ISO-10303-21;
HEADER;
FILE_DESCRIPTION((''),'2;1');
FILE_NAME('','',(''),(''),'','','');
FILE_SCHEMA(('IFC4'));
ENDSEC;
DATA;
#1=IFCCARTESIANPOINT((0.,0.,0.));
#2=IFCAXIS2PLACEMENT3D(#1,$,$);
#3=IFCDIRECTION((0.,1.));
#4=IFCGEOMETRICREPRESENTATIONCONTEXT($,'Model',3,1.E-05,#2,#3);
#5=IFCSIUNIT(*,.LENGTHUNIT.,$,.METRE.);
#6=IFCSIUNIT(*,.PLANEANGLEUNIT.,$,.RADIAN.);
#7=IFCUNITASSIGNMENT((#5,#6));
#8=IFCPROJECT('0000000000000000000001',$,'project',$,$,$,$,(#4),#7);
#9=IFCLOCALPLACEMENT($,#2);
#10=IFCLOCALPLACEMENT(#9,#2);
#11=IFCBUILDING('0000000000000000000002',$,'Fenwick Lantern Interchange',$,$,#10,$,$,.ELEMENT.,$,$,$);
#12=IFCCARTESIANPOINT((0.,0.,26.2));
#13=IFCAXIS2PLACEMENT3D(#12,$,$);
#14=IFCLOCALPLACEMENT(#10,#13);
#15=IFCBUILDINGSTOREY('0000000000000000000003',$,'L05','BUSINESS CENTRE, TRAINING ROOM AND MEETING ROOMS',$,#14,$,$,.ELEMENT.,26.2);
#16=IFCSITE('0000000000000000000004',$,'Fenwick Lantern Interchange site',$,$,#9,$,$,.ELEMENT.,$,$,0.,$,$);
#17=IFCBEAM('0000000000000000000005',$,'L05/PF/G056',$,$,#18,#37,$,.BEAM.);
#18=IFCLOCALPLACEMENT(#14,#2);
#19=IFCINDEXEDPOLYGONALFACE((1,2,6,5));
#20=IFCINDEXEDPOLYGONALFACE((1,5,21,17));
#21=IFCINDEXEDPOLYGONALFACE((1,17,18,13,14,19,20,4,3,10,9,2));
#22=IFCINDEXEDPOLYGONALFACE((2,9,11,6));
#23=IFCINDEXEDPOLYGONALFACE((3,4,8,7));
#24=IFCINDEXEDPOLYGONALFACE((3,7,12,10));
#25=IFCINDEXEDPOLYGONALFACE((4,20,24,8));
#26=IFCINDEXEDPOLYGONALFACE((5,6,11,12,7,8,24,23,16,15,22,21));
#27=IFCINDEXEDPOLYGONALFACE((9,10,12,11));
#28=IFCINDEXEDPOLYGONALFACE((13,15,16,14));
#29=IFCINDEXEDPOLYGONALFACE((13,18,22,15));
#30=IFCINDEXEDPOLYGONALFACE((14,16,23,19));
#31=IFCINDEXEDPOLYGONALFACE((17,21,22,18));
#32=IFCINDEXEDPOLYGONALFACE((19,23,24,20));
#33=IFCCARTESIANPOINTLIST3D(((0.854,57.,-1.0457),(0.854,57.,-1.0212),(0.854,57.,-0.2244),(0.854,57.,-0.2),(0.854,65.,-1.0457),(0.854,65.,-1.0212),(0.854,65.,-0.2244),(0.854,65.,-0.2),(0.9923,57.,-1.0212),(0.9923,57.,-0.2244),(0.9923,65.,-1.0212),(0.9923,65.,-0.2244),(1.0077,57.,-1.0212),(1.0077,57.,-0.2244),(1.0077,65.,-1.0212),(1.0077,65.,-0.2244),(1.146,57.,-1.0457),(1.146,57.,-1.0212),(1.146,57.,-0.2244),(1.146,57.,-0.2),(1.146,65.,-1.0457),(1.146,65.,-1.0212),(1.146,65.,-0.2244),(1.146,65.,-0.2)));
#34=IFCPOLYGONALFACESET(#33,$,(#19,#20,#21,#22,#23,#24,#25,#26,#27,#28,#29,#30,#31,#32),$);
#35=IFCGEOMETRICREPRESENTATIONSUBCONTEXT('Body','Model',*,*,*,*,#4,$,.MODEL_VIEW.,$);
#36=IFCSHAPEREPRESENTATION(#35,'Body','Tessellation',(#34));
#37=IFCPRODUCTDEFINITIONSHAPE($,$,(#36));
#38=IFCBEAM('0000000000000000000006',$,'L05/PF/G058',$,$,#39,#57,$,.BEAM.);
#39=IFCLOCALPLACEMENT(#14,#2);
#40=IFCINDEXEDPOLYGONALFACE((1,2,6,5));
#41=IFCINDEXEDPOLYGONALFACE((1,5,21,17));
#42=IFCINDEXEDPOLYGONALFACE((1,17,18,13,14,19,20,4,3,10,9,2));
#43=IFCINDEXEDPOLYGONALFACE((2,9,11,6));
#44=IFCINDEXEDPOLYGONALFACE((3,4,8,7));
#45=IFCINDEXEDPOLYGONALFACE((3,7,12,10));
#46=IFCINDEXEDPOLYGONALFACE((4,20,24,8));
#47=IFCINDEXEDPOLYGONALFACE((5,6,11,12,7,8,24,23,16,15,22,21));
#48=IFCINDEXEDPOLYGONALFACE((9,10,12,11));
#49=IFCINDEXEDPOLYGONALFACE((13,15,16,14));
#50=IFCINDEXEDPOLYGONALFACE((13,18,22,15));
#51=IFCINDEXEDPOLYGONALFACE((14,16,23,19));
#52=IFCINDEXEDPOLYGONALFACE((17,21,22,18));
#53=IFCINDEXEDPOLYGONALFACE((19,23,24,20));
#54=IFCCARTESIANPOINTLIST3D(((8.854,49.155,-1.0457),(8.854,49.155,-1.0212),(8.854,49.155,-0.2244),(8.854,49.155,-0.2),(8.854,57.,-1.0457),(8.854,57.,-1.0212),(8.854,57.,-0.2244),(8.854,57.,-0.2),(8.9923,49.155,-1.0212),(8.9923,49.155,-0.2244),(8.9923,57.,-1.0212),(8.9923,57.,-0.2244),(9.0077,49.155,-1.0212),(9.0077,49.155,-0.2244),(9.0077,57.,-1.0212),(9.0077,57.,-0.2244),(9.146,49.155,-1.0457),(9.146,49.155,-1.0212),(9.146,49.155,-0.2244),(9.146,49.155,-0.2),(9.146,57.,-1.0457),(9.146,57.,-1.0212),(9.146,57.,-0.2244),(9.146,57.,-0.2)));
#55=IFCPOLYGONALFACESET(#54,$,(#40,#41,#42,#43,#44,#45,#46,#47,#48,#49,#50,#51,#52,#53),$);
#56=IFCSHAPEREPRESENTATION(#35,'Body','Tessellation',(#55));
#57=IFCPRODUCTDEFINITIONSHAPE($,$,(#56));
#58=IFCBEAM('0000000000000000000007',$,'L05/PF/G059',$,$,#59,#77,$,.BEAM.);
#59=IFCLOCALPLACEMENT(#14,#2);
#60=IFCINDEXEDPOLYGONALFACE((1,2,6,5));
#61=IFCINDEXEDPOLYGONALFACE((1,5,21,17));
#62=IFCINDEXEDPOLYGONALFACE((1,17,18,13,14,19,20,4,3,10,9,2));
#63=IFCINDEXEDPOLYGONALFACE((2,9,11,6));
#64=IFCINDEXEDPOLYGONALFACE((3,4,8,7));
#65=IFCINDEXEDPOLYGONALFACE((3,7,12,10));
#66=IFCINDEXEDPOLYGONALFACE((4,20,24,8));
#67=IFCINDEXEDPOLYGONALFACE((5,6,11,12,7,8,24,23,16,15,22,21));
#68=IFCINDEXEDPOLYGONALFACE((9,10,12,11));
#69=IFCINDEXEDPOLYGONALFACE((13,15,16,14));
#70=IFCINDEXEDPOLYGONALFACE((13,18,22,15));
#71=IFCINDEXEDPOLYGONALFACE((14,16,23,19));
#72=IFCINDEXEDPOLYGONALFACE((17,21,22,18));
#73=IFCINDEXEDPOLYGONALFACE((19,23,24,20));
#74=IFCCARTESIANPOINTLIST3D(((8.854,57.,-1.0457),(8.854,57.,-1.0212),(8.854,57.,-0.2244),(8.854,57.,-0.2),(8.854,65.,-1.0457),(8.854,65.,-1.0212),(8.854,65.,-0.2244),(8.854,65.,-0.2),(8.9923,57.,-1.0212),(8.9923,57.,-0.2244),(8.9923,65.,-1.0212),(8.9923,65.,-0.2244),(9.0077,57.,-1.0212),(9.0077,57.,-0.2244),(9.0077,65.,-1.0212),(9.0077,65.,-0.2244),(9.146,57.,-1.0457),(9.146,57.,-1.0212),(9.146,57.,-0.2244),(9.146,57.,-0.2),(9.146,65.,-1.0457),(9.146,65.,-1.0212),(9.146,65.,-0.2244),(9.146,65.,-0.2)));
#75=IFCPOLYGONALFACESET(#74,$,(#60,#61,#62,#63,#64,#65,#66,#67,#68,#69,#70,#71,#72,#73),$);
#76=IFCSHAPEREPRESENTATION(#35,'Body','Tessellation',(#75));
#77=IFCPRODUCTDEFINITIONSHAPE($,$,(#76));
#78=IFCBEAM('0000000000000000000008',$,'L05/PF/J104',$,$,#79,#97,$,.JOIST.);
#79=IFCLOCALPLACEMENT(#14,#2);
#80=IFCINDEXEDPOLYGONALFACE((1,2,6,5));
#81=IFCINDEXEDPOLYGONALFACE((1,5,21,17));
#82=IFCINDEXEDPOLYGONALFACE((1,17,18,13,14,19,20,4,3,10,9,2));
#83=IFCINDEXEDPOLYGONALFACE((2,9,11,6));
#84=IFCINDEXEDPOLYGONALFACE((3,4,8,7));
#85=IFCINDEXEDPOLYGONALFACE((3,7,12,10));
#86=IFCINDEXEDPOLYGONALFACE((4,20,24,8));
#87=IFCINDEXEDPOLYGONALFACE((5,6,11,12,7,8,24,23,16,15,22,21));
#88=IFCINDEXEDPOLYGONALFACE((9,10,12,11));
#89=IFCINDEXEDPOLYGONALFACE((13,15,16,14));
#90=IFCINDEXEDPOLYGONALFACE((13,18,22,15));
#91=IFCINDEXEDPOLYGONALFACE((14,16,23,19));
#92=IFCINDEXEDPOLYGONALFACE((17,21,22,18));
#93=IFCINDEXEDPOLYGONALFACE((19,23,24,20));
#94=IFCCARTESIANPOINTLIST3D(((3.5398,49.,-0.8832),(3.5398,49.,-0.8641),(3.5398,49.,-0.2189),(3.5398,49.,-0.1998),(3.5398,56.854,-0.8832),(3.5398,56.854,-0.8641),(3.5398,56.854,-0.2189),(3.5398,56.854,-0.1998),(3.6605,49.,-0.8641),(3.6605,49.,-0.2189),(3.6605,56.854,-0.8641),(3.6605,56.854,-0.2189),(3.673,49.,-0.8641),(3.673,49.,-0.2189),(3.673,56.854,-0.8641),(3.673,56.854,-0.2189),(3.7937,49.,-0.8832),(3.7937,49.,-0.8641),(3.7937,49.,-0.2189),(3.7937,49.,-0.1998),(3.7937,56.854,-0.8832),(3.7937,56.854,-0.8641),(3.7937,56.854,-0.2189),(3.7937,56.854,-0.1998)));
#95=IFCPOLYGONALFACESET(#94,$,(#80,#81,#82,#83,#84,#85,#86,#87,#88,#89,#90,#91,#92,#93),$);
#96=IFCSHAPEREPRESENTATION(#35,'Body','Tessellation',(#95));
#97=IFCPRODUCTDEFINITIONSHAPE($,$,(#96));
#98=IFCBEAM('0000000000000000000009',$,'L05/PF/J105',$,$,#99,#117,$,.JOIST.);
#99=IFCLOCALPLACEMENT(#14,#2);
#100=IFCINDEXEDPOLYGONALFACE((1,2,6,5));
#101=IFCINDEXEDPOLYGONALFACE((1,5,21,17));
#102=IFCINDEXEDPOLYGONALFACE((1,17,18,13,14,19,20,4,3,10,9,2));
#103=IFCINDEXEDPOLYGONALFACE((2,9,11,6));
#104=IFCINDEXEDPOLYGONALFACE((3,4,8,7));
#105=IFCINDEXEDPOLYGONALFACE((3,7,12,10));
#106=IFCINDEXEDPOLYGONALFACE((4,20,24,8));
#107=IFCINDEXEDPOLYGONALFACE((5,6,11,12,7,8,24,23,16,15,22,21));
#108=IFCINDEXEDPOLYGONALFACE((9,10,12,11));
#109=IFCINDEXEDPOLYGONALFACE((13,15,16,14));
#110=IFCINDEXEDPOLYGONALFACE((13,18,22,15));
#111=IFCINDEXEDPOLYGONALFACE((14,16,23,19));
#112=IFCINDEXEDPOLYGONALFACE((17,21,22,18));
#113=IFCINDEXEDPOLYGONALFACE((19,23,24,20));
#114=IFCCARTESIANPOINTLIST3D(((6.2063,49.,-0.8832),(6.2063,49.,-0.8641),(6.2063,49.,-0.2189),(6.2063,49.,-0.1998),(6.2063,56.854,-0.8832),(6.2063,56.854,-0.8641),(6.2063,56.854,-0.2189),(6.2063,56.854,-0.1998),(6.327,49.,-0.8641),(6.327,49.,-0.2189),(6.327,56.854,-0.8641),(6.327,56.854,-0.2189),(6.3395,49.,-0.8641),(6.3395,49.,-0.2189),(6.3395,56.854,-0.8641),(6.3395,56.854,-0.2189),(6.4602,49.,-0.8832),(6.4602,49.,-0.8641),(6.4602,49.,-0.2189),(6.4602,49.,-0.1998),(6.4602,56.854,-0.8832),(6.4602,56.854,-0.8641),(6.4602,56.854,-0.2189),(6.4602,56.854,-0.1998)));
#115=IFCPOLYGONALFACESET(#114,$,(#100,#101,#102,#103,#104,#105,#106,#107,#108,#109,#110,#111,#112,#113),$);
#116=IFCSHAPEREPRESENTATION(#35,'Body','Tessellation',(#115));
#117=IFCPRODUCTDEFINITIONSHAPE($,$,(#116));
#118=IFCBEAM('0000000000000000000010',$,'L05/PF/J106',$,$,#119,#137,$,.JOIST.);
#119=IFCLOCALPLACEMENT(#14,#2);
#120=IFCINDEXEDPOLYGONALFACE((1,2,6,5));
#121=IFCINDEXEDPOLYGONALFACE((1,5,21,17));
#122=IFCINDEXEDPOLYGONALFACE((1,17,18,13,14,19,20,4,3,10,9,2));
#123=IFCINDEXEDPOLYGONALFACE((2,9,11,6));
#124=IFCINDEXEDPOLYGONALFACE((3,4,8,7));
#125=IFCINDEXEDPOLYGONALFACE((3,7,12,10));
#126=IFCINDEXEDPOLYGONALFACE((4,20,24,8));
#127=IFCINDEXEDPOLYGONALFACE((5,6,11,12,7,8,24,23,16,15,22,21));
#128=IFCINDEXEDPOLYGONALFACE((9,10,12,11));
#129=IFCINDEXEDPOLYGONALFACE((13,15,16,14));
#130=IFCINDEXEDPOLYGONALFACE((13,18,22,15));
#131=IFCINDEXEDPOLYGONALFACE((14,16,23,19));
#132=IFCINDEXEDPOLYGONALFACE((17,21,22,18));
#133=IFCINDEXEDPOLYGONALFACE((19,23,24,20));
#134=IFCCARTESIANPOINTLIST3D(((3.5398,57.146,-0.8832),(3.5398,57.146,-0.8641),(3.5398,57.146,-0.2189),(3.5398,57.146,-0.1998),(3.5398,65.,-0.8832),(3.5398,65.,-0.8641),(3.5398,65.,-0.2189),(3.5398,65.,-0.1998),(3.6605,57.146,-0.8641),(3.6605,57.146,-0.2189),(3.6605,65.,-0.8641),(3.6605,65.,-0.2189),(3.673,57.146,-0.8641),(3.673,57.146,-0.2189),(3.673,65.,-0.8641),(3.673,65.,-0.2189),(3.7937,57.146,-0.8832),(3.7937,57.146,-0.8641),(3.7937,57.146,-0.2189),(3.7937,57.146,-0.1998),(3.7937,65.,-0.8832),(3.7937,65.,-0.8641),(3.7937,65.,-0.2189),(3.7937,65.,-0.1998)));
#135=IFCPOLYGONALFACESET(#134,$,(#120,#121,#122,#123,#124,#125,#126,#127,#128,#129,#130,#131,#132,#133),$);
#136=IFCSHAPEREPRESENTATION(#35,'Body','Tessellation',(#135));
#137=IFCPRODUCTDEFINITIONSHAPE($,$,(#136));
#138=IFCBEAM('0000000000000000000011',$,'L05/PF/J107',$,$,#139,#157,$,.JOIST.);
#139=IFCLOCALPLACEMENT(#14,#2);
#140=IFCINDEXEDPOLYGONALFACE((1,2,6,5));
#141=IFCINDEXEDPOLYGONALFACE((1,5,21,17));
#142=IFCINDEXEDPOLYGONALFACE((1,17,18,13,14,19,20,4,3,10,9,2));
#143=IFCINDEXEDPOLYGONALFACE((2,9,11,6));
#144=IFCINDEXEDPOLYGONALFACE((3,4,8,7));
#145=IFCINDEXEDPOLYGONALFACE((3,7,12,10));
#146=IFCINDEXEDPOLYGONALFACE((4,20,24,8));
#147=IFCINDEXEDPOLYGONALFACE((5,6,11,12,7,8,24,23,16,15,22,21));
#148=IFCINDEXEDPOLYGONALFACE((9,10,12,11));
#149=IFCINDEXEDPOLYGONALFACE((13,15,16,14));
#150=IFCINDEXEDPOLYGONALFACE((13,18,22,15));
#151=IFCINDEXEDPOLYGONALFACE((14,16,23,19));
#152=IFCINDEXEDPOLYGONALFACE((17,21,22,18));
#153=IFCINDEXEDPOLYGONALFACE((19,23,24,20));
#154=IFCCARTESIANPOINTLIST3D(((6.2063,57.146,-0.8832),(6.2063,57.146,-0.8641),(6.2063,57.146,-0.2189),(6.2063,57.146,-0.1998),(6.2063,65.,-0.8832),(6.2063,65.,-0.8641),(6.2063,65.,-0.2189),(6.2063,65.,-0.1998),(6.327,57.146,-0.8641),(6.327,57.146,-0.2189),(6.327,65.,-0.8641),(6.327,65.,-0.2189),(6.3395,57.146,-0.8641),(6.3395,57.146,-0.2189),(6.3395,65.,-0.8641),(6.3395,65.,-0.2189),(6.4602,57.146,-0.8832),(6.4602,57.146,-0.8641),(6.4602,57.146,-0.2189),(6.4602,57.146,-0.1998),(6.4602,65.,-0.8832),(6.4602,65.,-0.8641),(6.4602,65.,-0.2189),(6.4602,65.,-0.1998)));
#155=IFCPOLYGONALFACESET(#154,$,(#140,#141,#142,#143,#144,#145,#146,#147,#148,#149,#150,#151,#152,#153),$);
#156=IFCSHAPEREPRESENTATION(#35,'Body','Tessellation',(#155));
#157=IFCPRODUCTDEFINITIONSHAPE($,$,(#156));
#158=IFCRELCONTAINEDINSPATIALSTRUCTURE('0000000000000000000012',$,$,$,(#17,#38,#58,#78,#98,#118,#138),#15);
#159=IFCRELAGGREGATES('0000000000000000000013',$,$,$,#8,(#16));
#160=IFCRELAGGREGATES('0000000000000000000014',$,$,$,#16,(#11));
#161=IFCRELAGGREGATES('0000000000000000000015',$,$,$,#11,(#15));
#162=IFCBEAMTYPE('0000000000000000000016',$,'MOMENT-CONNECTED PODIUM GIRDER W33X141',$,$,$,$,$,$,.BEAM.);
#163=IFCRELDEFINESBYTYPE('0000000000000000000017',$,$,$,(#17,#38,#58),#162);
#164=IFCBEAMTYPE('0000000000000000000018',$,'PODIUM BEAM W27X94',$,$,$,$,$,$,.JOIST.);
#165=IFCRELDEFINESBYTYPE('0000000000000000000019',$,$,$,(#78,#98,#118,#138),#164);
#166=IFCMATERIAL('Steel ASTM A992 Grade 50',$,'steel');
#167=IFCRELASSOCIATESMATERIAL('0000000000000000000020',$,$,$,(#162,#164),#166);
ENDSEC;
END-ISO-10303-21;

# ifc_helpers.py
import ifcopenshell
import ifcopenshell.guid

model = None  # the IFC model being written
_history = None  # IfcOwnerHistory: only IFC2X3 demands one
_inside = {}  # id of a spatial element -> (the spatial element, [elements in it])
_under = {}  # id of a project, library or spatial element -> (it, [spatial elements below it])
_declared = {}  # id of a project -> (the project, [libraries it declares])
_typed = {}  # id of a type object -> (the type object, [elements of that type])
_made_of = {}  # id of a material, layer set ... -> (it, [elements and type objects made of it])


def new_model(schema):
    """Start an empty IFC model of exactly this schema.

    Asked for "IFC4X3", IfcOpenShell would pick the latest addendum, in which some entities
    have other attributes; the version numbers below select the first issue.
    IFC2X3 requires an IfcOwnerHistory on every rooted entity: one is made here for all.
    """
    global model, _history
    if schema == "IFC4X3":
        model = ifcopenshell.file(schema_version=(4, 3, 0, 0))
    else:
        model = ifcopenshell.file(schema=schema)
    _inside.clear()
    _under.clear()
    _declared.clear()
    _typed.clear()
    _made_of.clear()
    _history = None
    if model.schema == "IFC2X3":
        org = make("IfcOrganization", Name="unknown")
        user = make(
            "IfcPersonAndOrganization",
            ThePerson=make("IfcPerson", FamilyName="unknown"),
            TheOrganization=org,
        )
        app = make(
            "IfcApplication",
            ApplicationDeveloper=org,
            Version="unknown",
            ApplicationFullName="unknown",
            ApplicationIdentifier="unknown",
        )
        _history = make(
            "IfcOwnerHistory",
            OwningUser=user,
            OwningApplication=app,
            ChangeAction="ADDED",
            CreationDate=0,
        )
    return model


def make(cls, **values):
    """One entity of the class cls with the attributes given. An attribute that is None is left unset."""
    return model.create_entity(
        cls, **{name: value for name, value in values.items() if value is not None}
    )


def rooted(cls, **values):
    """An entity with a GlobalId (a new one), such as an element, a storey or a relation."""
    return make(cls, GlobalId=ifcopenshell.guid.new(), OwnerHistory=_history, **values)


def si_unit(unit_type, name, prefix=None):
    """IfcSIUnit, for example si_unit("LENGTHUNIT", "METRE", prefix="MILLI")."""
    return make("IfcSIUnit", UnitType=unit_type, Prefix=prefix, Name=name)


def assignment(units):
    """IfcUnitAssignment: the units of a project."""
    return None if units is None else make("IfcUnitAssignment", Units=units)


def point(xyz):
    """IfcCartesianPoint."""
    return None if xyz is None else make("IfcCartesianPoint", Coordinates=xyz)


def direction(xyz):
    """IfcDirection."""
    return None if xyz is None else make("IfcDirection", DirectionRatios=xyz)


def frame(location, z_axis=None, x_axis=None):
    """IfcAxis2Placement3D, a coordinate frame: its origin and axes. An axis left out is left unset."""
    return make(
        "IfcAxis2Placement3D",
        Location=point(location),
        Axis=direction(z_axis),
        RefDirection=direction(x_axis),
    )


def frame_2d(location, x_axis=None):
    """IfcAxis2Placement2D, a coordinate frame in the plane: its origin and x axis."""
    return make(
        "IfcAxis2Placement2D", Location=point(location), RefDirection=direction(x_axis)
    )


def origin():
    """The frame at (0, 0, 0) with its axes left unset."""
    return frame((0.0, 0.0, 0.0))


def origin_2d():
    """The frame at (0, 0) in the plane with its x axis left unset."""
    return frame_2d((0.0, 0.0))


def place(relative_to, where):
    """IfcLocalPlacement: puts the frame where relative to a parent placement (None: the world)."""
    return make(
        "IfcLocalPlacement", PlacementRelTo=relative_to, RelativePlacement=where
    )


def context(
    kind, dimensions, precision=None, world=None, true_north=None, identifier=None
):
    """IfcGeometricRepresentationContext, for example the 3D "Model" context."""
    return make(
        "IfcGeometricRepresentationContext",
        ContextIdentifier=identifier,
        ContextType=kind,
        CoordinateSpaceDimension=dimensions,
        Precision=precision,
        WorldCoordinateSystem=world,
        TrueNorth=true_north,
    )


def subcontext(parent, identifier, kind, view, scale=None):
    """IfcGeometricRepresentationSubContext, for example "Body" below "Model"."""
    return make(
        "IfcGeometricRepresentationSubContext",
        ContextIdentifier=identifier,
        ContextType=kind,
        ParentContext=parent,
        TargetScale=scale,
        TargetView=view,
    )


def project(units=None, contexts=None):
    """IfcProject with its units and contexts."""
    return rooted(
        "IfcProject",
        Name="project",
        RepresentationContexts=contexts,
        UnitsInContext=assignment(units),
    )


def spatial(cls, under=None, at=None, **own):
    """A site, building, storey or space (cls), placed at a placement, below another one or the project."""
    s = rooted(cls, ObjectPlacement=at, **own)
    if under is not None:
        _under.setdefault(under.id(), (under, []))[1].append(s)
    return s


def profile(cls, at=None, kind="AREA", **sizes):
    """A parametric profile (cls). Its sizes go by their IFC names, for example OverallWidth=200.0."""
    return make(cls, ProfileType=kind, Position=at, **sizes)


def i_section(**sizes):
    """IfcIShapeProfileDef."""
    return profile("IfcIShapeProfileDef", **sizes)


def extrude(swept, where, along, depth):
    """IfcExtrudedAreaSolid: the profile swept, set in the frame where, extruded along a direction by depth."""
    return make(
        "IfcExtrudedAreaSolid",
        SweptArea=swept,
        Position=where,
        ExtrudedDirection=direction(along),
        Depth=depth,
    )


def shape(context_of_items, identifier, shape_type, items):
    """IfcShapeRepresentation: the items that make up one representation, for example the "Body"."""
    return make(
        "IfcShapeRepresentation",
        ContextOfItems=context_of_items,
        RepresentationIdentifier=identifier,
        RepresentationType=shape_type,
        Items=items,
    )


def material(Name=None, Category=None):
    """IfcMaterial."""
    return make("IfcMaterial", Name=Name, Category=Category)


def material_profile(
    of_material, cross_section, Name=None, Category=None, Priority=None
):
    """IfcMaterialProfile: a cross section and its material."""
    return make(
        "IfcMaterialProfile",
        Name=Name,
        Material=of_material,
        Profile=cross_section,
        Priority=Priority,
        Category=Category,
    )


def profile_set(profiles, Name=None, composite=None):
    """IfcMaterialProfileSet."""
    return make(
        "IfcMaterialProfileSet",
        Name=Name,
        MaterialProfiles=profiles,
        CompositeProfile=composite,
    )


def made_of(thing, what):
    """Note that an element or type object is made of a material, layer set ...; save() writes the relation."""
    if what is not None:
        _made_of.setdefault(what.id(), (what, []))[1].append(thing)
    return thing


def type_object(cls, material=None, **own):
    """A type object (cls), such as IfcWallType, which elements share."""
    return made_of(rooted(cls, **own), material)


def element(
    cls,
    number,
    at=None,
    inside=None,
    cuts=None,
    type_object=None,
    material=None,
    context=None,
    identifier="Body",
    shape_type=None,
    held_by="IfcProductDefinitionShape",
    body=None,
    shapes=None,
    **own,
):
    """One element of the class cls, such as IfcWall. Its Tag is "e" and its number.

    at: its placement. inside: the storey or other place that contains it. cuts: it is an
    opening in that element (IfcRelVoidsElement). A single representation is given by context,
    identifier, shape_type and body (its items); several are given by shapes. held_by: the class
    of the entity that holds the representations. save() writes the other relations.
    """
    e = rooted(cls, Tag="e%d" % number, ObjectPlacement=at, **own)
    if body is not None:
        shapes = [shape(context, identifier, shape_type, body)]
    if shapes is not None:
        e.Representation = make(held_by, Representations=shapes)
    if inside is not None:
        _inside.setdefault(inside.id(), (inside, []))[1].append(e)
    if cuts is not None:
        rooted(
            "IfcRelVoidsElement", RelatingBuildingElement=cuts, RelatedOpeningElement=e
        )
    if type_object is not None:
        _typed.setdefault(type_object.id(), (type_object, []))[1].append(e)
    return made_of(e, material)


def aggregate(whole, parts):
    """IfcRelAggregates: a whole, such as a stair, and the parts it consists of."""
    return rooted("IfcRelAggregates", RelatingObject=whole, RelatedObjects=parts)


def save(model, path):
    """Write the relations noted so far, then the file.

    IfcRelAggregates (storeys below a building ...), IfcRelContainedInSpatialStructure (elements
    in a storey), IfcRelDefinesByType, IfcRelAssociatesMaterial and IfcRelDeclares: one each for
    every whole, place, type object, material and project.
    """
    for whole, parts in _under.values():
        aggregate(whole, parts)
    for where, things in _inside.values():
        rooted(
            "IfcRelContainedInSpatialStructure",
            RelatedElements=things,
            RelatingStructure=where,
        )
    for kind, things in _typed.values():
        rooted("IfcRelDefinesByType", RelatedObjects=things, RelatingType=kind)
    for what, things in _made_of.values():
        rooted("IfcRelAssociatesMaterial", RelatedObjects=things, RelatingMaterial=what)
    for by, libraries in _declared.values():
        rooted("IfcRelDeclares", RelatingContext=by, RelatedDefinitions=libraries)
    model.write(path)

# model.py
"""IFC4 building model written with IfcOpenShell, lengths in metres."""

from ifc_helpers import new_model, si_unit, direction, frame, origin, origin_2d, place, context, subcontext, project, spatial, i_section, extrude, material, material_profile, profile_set, type_object, element, save


model = new_model("IFC4")

# Units and contexts
model_context = context("Model", 3, precision=1e-05, world=origin(), true_north=direction((0.0, 1.0)))
body_context = subcontext(model_context, "Body", "Model", "MODEL_VIEW")
ifc_project = project(units=[si_unit("LENGTHUNIT", "METRE"), si_unit("PLANEANGLEUNIT", "RADIAN")], contexts=[model_context])

# Site, building, storey
site_placement = place(None, origin())
site = spatial("IfcSite", under=ifc_project, at=site_placement, Name="Fenwick Lantern Interchange site", CompositionType="ELEMENT", RefElevation=0.0)
building_placement = place(site_placement, origin())
building = spatial("IfcBuilding", under=site, at=building_placement, Name="Fenwick Lantern Interchange", CompositionType="ELEMENT")
storey_placement = place(building_placement, frame((0.0, 0.0, 26.2)))
storey = spatial("IfcBuildingStorey", under=building, at=storey_placement, Name="L05", Description="BUSINESS CENTRE, TRAINING ROOM AND MEETING ROOMS", CompositionType="ELEMENT", Elevation=26.2)

# Shared definitions
ifc_material_1 = material(Name="Steel ASTM A992 Grade 50", Category="steel")

# Beams
ifc_material_profile_1 = material_profile(ifc_material_1, i_section(OverallWidth=0.292, OverallDepth=0.8457, WebThickness=0.0154, FlangeThickness=0.0244, at=origin_2d()), Name="W33X141")
ifc_profile_set_1 = profile_set([ifc_material_profile_1], Name="Steel ASTM A992 Grade 50")
beam_type_1 = type_object("IfcBeamType", Name="MOMENT-CONNECTED PODIUM GIRDER W33X141", PredefinedType="BEAM", material=ifc_profile_set_1)
for number, where, z_axis, x_axis, name in (
    (1, (1.0, 57.0, -0.6228), (0.0, 1.0, 0.0), (-1.0, 0.0, 0.0), "L05/PF/G056"),
):
    element("IfcBeam", number, at=place(storey_placement, frame(where, z_axis=z_axis, x_axis=x_axis)), inside=storey, type_object=beam_type_1, Name=name, PredefinedType="BEAM", context=body_context, shape_type="SweptSolid", body=[
        extrude(i_section(OverallWidth=0.292, OverallDepth=0.8457, WebThickness=0.0154, FlangeThickness=0.0244, at=origin_2d()), origin(), (0.0, 0.0, 1.0), 8.0),
    ])
beam_1_placement = place(storey_placement, frame((9.0, 49.155, -0.6228), z_axis=(0.0, 1.0, 0.0), x_axis=(-1.0, 0.0, 0.0)))
element("IfcBeam", 2, at=beam_1_placement, inside=storey, type_object=beam_type_1, Name="L05/PF/G058", PredefinedType="BEAM", context=body_context, shape_type="SweptSolid", body=[
    extrude(i_section(OverallWidth=0.292, OverallDepth=0.8457, WebThickness=0.0154, FlangeThickness=0.0244, at=origin_2d()), origin(), (0.0, 0.0, 1.0), 7.845),
])
beam_2_placement = place(storey_placement, frame((9.0, 57.0, -0.6228), z_axis=(0.0, 1.0, 0.0), x_axis=(-1.0, 0.0, 0.0)))
element("IfcBeam", 3, at=beam_2_placement, inside=storey, type_object=beam_type_1, Name="L05/PF/G059", PredefinedType="BEAM", context=body_context, shape_type="SweptSolid", body=[
    extrude(i_section(OverallWidth=0.292, OverallDepth=0.8457, WebThickness=0.0154, FlangeThickness=0.0244, at=origin_2d()), origin(), (0.0, 0.0, 1.0), 8.0),
])
ifc_material_profile_2 = material_profile(ifc_material_1, i_section(OverallWidth=0.2539, OverallDepth=0.6833, WebThickness=0.0125, FlangeThickness=0.019, at=origin_2d()), Name="W27X94")
ifc_profile_set_2 = profile_set([ifc_material_profile_2], Name="Steel ASTM A992 Grade 50")
beam_type_2 = type_object("IfcBeamType", Name="PODIUM BEAM W27X94", PredefinedType="JOIST", material=ifc_profile_set_2)
for number, where, z_axis, x_axis, name in (
    (4, (3.6667, 49.0, -0.5415), (0.0, 1.0, 0.0), (-1.0, 0.0, 0.0), "L05/PF/J104"),
    (5, (6.3333, 49.0, -0.5415), (0.0, 1.0, 0.0), (-1.0, 0.0, 0.0), "L05/PF/J105"),
    (6, (3.6667, 57.146, -0.5415), (0.0, 1.0, 0.0), (-1.0, 0.0, 0.0), "L05/PF/J106"),
    (7, (6.3333, 57.146, -0.5415), (0.0, 1.0, 0.0), (-1.0, 0.0, 0.0), "L05/PF/J107"),
):
    element("IfcBeam", number, at=place(storey_placement, frame(where, z_axis=z_axis, x_axis=x_axis)), inside=storey, type_object=beam_type_2, Name=name, PredefinedType="JOIST", context=body_context, shape_type="SweptSolid", body=[
        extrude(i_section(OverallWidth=0.2539, OverallDepth=0.6833, WebThickness=0.0125, FlangeThickness=0.019, at=origin_2d()), origin(), (0.0, 0.0, 1.0), 7.854),
    ])

save(model, "model.ifc")
